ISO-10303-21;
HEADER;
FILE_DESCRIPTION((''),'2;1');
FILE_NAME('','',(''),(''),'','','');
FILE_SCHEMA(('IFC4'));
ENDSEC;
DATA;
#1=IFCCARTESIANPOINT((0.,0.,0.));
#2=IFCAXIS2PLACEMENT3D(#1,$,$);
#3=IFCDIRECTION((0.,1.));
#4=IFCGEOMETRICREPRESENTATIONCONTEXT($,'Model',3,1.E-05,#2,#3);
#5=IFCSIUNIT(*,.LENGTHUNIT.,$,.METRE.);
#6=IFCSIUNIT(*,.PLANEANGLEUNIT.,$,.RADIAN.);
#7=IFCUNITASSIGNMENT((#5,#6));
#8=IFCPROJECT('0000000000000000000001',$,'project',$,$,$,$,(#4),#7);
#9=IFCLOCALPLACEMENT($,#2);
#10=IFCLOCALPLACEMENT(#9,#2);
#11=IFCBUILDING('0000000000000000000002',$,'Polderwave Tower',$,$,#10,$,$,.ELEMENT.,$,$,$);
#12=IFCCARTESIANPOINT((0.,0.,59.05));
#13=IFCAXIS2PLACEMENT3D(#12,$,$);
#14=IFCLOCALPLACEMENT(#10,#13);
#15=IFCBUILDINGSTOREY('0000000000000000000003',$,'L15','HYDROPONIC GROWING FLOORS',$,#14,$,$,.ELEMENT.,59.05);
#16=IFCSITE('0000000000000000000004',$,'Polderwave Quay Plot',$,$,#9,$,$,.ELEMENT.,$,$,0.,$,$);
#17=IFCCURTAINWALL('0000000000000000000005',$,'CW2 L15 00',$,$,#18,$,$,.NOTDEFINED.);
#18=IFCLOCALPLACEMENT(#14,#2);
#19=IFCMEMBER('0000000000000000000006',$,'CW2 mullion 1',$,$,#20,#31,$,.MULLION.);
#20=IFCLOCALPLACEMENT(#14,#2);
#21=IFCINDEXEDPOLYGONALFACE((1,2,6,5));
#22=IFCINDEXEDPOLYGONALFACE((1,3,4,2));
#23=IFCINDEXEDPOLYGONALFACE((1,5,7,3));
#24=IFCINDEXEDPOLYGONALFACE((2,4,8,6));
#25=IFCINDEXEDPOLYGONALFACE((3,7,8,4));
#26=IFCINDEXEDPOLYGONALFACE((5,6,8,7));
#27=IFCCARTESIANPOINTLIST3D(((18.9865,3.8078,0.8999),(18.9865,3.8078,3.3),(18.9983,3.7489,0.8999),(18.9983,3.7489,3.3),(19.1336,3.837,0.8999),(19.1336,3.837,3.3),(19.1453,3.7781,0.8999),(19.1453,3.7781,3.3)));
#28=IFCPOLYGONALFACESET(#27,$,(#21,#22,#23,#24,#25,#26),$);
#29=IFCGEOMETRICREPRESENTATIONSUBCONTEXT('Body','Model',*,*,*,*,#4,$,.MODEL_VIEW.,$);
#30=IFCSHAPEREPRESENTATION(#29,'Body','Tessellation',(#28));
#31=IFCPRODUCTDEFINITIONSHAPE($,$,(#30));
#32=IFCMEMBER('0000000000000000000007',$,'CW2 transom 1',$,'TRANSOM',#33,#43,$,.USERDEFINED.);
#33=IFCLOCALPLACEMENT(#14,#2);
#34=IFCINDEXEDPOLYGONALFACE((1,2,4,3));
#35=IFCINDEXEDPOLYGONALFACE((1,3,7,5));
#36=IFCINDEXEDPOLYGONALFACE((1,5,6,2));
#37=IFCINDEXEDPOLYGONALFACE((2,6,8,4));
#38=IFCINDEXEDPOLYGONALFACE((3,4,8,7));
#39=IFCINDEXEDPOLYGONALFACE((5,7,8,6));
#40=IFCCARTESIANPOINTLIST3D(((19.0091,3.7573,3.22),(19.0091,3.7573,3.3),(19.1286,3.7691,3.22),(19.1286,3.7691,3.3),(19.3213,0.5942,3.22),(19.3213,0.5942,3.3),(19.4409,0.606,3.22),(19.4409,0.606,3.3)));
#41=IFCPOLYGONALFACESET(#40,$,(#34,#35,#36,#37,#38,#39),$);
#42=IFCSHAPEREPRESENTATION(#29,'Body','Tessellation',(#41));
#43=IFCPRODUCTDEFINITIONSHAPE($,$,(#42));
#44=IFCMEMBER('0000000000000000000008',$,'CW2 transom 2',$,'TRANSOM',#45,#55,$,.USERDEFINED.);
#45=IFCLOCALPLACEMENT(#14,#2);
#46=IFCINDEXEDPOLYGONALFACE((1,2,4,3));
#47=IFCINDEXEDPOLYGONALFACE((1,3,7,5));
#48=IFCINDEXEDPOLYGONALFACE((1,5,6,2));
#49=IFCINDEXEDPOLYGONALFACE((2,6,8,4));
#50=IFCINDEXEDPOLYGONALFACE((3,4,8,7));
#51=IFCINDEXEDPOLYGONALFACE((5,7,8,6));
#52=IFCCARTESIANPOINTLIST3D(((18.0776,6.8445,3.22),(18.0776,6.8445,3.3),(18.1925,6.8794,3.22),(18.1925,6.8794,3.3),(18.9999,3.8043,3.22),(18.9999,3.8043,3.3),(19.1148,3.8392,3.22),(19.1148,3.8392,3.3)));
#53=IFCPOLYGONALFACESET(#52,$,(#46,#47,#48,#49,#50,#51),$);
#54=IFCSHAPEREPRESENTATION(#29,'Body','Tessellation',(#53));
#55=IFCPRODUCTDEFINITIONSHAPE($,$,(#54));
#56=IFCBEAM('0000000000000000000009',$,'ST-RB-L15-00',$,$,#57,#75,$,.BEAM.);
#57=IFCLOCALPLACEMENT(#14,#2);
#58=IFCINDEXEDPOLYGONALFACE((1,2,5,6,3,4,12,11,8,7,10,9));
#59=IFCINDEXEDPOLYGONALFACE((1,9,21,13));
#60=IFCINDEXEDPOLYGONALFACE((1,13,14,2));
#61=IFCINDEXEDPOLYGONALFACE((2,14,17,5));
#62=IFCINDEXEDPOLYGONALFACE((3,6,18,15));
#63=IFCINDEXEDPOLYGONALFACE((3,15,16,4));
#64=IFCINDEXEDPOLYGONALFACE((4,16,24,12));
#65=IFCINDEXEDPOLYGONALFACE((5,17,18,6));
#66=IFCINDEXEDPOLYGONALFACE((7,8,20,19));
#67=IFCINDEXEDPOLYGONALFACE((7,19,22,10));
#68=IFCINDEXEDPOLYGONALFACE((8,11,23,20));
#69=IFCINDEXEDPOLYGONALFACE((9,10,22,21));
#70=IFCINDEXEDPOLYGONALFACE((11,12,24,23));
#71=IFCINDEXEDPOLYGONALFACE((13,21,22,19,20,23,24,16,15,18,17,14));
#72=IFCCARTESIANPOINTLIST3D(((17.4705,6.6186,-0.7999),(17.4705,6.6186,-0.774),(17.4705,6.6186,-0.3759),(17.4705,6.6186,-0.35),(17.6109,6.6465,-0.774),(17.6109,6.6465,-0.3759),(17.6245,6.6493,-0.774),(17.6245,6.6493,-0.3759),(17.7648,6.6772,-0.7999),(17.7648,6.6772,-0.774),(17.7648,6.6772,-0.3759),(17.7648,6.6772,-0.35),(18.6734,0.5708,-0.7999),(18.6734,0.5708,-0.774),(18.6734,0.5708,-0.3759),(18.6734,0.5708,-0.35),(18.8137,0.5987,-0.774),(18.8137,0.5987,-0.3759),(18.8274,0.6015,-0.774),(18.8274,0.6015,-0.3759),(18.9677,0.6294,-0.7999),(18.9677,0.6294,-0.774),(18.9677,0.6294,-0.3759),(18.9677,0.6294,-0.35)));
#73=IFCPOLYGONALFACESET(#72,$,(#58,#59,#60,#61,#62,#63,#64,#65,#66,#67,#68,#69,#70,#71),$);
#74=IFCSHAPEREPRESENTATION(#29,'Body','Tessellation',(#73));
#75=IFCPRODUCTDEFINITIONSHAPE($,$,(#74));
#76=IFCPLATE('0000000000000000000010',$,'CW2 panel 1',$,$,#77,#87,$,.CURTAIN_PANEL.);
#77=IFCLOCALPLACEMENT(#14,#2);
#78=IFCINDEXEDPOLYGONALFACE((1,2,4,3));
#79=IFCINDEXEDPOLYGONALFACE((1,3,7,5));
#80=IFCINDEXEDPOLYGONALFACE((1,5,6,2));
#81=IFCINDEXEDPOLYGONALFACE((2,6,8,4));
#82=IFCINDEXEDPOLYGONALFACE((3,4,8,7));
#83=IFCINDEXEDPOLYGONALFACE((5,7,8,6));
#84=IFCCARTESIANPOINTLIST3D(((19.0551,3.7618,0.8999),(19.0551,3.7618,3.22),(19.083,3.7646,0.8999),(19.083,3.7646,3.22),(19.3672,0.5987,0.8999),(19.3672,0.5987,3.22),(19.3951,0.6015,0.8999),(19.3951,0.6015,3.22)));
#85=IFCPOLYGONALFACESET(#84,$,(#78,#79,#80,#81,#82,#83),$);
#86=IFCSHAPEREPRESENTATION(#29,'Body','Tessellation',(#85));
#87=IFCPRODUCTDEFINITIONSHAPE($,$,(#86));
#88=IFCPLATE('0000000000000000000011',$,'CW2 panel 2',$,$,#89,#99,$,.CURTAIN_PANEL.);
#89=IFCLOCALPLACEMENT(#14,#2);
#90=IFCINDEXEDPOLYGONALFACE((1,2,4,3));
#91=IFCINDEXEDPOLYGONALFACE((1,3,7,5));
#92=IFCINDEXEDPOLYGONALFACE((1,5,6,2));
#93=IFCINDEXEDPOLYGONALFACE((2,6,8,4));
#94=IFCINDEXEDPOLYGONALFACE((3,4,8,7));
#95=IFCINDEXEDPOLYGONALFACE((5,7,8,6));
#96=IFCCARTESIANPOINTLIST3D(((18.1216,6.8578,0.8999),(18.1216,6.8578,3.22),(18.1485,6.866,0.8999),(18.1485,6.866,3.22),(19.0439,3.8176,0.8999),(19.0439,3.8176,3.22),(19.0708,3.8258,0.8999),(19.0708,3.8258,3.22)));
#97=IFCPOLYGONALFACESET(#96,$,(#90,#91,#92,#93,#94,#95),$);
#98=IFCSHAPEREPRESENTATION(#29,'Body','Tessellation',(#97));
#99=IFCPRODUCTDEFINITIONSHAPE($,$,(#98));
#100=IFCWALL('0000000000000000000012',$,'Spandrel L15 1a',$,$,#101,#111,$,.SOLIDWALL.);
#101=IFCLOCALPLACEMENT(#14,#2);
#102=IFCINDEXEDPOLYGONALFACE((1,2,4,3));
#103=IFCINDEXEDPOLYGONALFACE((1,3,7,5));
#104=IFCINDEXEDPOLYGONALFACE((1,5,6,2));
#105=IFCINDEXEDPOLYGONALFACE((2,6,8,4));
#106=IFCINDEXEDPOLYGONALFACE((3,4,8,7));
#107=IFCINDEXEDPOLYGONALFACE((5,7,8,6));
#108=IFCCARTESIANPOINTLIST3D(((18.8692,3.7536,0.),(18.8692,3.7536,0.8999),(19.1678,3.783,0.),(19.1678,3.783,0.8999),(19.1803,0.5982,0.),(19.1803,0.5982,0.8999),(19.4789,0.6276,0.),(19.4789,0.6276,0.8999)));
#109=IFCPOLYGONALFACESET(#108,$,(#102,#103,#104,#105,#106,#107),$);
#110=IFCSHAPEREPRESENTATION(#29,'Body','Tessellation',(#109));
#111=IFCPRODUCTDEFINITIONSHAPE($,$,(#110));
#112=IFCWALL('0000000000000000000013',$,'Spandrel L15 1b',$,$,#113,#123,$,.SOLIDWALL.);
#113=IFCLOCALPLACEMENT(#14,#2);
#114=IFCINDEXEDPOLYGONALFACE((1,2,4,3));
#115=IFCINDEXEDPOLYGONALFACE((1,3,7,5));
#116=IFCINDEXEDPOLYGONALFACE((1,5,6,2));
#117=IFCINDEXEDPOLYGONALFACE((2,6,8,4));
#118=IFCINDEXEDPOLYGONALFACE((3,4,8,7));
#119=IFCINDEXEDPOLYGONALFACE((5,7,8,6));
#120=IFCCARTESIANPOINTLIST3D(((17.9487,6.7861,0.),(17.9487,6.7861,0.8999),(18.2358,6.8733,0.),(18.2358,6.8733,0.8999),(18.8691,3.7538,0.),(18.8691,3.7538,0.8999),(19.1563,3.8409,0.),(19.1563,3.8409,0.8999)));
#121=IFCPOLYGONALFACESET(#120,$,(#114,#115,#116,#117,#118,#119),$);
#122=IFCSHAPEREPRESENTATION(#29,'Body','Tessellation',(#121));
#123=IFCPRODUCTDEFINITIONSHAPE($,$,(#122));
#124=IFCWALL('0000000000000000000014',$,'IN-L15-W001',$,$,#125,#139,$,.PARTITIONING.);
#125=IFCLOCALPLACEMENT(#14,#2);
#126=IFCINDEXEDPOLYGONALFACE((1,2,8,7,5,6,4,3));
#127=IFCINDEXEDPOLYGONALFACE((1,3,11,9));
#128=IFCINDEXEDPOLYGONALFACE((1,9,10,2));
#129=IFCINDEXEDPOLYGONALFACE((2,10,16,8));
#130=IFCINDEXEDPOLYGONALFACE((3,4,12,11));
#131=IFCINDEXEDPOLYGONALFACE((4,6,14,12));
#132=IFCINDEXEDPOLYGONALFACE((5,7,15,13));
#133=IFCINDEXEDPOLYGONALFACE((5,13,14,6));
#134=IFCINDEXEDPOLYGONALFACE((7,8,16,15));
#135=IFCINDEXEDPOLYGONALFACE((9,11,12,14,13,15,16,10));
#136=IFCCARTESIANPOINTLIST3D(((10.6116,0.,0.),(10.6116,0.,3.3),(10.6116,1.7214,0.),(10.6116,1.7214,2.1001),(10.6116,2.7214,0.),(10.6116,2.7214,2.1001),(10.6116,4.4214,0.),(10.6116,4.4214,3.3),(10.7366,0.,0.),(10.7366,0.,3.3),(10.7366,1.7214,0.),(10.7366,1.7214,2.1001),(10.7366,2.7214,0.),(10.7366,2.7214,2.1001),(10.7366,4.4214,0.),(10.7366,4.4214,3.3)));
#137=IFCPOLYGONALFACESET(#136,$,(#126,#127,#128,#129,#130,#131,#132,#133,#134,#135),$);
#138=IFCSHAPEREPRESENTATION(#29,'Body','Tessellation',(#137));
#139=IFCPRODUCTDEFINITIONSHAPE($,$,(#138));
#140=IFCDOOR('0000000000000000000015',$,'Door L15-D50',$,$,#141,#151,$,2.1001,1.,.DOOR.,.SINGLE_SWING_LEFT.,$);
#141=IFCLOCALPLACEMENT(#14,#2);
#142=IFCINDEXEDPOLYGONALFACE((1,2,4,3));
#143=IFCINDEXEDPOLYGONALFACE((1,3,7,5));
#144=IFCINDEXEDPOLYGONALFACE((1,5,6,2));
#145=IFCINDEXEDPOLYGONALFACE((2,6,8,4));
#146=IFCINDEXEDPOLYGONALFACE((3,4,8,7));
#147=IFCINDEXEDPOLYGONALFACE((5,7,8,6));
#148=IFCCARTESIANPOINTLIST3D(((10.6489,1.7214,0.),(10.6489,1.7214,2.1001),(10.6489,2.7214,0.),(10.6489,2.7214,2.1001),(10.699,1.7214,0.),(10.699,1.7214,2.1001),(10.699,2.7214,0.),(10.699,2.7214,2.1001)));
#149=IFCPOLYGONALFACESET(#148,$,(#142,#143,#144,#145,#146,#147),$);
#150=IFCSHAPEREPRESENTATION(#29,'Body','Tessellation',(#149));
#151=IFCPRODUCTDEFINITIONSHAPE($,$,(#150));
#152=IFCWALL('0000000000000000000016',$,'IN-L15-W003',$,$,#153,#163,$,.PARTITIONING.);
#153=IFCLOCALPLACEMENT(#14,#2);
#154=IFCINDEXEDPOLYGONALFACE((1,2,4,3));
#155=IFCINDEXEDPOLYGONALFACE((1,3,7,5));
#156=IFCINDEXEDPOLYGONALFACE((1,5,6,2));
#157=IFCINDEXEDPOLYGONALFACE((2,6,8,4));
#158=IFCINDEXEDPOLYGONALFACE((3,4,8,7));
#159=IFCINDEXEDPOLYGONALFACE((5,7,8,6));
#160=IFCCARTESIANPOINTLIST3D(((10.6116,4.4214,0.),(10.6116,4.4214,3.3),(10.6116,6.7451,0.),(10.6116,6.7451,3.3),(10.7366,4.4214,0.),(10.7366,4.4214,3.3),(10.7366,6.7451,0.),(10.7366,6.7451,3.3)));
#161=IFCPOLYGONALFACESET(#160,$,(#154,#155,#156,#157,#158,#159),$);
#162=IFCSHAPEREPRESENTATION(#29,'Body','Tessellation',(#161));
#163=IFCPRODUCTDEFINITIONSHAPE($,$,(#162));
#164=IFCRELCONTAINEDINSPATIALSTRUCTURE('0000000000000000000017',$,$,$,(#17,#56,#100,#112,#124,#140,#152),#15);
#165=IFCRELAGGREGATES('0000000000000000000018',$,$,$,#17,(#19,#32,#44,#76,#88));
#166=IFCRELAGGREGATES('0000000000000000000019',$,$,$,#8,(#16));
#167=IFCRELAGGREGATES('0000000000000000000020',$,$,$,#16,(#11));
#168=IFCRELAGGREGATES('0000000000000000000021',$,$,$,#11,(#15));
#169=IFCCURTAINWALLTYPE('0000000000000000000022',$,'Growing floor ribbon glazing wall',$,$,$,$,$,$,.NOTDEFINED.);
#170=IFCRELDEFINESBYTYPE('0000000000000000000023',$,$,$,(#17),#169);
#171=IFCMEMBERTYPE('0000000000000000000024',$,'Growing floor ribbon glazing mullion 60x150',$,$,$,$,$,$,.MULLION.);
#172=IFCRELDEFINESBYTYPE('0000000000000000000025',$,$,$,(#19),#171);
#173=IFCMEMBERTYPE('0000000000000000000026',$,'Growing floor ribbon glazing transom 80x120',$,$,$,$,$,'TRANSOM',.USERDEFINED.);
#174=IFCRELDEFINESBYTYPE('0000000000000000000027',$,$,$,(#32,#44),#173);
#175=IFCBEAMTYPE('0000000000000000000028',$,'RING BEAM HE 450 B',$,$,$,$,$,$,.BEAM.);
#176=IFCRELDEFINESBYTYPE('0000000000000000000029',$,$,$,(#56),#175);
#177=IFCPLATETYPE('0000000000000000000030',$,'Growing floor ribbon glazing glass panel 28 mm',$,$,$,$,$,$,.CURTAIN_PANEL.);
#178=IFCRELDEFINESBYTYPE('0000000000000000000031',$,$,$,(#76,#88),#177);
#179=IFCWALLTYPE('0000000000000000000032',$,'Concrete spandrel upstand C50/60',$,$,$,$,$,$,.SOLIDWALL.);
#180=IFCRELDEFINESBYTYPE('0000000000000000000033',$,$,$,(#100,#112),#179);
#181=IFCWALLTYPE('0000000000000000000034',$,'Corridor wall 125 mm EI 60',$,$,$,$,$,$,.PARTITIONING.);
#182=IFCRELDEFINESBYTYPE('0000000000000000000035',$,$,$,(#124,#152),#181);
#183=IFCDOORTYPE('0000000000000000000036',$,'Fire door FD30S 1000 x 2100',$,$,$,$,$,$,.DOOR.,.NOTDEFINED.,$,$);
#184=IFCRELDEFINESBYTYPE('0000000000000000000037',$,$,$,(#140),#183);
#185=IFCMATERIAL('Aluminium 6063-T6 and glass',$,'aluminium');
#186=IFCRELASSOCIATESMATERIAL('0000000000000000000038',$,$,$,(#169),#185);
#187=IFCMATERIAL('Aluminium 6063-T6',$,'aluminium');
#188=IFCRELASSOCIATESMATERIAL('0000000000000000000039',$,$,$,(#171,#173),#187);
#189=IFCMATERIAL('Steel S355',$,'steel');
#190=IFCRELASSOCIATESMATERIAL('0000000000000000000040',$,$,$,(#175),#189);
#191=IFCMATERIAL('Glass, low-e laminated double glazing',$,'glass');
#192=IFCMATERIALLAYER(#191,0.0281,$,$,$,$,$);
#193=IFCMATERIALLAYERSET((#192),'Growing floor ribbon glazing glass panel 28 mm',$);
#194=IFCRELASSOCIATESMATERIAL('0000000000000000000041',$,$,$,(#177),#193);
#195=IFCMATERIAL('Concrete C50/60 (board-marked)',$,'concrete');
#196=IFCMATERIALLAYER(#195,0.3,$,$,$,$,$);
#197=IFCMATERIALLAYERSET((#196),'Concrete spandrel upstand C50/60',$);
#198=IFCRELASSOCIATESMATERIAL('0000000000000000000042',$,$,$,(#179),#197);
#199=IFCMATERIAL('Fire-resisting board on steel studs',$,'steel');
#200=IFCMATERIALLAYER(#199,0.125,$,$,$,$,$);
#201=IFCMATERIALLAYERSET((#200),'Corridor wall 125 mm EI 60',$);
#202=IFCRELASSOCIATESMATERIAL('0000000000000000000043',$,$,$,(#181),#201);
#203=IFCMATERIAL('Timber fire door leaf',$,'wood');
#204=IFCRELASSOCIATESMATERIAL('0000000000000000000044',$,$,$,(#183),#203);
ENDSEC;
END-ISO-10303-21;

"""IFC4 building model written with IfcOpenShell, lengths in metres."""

from ifc_helpers import new_model, si_unit, direction, frame, frame_2d, origin, origin_2d, place, context, subcontext, project, spatial, rectangle, i_section, extrude, material, layer, layer_set, material_profile, profile_set, type_object, element, fill, aggregate, save


model = new_model("IFC4")

# Units and contexts
model_context = context("Model", 3, precision=1e-05, world=origin(), true_north=direction((0.0, 1.0)))
body_context = subcontext(model_context, "Body", "Model", "MODEL_VIEW")
ifc_project = project(units=[si_unit("LENGTHUNIT", "METRE"), si_unit("PLANEANGLEUNIT", "RADIAN")], contexts=[model_context])

# Site, building, storey
site_placement = place(None, origin())
site = spatial("IfcSite", under=ifc_project, at=site_placement, Name="Polderwave Quay Plot", CompositionType="ELEMENT", RefElevation=0.0)
building_placement = place(site_placement, origin())
building = spatial("IfcBuilding", under=site, at=building_placement, Name="Polderwave Tower", CompositionType="ELEMENT")
storey_placement = place(building_placement, frame((0.0, 0.0, 59.05)))
storey = spatial("IfcBuildingStorey", under=building, at=storey_placement, Name="L15", Description="HYDROPONIC GROWING FLOORS", CompositionType="ELEMENT", Elevation=59.05)

# Curtain wall, members
ifc_material_1 = material(Name="Aluminium 6063-T6 and glass", Category="aluminium")
curtain_wall_type = type_object("IfcCurtainWallType", Name="Growing floor ribbon glazing wall", PredefinedType="NOTDEFINED", material=ifc_material_1)
curtain_wall_placement = place(storey_placement, origin())
curtain_wall = element("IfcCurtainWall", 1, at=curtain_wall_placement, inside=storey, type_object=curtain_wall_type, Name="CW2 L15 00", PredefinedType="NOTDEFINED")
ifc_material_2 = material(Name="Aluminium 6063-T6", Category="aluminium")
ifc_material_profile_1 = material_profile(ifc_material_2, rectangle(XDim=0.1499, YDim=0.0601, at=origin_2d()), Name="AL 60x150")
ifc_profile_set_1 = profile_set([ifc_material_profile_1], Name="Aluminium 6063-T6")
member_type_1 = type_object("IfcMemberType", Name="Growing floor ribbon glazing mullion 60x150", PredefinedType="MULLION", material=ifc_profile_set_1)
member_1_placement = place(storey_placement, frame((19.0659, 3.793, 0.8999), z_axis=(0.0, 0.0, 1.0), x_axis=(-0.980769, -0.195172, 0.0)))
member_1 = element("IfcMember", 2, at=member_1_placement, type_object=member_type_1, Name="CW2 mullion 1", PredefinedType="MULLION", context=body_context, shape_type="SweptSolid", body=[
    extrude(rectangle(XDim=0.1499, YDim=0.0601, at=origin_2d()), origin(), (0.0, 0.0, 1.0), 2.4001),
])
ifc_material_profile_2 = material_profile(ifc_material_2, rectangle(XDim=0.1201, YDim=0.0801, at=origin_2d()), Name="AL 80x120")
ifc_profile_set_2 = profile_set([ifc_material_profile_2], Name="Aluminium 6063-T6")
member_type_2 = type_object("IfcMemberType", Name="Growing floor ribbon glazing transom 80x120", ElementType="TRANSOM", PredefinedType="USERDEFINED", material=ifc_profile_set_2)
member_2_placement = place(storey_placement, frame((19.3811, 0.6001, 3.26), z_axis=(-0.098241, 0.995163, 0.0), x_axis=(-0.995163, -0.098241, 0.0)))
member_2 = element("IfcMember", 3, at=member_2_placement, type_object=member_type_2, Name="CW2 transom 1", ObjectType="TRANSOM", PredefinedType="USERDEFINED", context=body_context, shape_type="SweptSolid", body=[
    extrude(rectangle(XDim=0.1201, YDim=0.0801, at=origin_2d()), origin(), (0.0, 0.0, 1.0), 3.1785),
])
member_3_placement = place(storey_placement, frame((19.0574, 3.8218, 3.26), z_axis=(-0.290314, 0.956931, 0.0), x_axis=(-0.956931, -0.290314, 0.0)))
member_3 = element("IfcMember", 4, at=member_3_placement, type_object=member_type_2, Name="CW2 transom 2", ObjectType="TRANSOM", PredefinedType="USERDEFINED", context=body_context, shape_type="SweptSolid", body=[
    extrude(rectangle(XDim=0.1201, YDim=0.0801, at=origin_2d()), origin(), (0.0, 0.0, 1.0), 3.177),
])

# Beam
ifc_material_3 = material(Name="Steel S355", Category="steel")
ifc_material_profile_3 = material_profile(ifc_material_3, i_section(OverallWidth=0.3, OverallDepth=0.45, WebThickness=0.0139, FlangeThickness=0.0259, at=origin_2d()), Name="HE 450 B")
ifc_profile_set_3 = profile_set([ifc_material_profile_3], Name="Steel S355")
beam_type = type_object("IfcBeamType", Name="RING BEAM HE 450 B", PredefinedType="BEAM", material=ifc_profile_set_3)
beam_placement = place(storey_placement, frame((18.8206, 0.6001, -0.575), z_axis=(-0.195073, 0.980789, 0.0), x_axis=(-0.980789, -0.195073, 0.0)))
element("IfcBeam", 5, at=beam_placement, inside=storey, type_object=beam_type, Name="ST-RB-L15-00", PredefinedType="BEAM", context=body_context, shape_type="SweptSolid", body=[
    extrude(i_section(OverallWidth=0.3, OverallDepth=0.45, WebThickness=0.0139, FlangeThickness=0.0259, at=origin_2d()), origin(), (0.0, 0.0, 1.0), 6.1663),
])

# Plates
ifc_material_4 = material(Name="Glass, low-e laminated double glazing", Category="glass")
ifc_layer_1 = layer(ifc_material_4, 0.0281)
ifc_layer_set_1 = layer_set([ifc_layer_1], Name="Growing floor ribbon glazing glass panel 28 mm")
plate_type = type_object("IfcPlateType", Name="Growing floor ribbon glazing glass panel 28 mm", PredefinedType="CURTAIN_PANEL", material=ifc_layer_set_1)
plate_1_placement = place(storey_placement, frame((19.2251, 2.1816, 0.8999), z_axis=(0.0, 0.0, 1.0), x_axis=(-0.098177, 0.995169, 0.0)))
plate_1 = element("IfcPlate", 6, at=plate_1_placement, type_object=plate_type, Name="CW2 panel 1", PredefinedType="CURTAIN_PANEL", context=body_context, shape_type="SweptSolid", body=[
    extrude(rectangle(XDim=3.1785, YDim=0.0281, at=origin_2d()), origin(), (0.0, 0.0, 1.0), 2.3201),
])
plate_2_placement = place(storey_placement, frame((18.5962, 5.3418, 0.8999), z_axis=(0.0, 0.0, 1.0), x_axis=(-0.290293, 0.956938, 0.0)))
plate_2 = element("IfcPlate", 7, at=plate_2_placement, type_object=plate_type, Name="CW2 panel 2", PredefinedType="CURTAIN_PANEL", context=body_context, shape_type="SweptSolid", body=[
    extrude(rectangle(XDim=3.177, YDim=0.0281, at=origin_2d()), origin(), (0.0, 0.0, 1.0), 2.3201),
])
aggregate(curtain_wall, [member_1, member_2, member_3, plate_1, plate_2])

# Walls
ifc_material_5 = material(Name="Concrete C50/60 (board-marked)", Category="concrete")
ifc_layer_2 = layer(ifc_material_5, 0.3)
ifc_layer_set_2 = layer_set([ifc_layer_2], Name="Concrete spandrel upstand C50/60")
wall_type_1 = type_object("IfcWallType", Name="Concrete spandrel upstand C50/60", PredefinedType="SOLIDWALL", material=ifc_layer_set_2)
wall_1_placement = place(storey_placement, frame((19.3296, 0.6128, 0.0), z_axis=(0.0, 0.0, 1.0), x_axis=(-0.098101, 0.995176, 0.0)))
element("IfcWall", 8, at=wall_1_placement, inside=storey, type_object=wall_type_1, Name="Spandrel L15 1a", PredefinedType="SOLIDWALL", context=body_context, shape_type="SweptSolid", body=[
    extrude(rectangle(XDim=3.1707, YDim=0.3, at=frame_2d((1.5854, 0.0))), origin(), (0.0, 0.0, 1.0), 0.8999),
])
wall_2_placement = place(storey_placement, frame((19.0127, 3.7974, 0.0), z_axis=(0.0, 0.0, 1.0), x_axis=(-0.290456, 0.956888, 0.0)))
element("IfcWall", 9, at=wall_2_placement, inside=storey, type_object=wall_type_1, Name="Spandrel L15 1b", PredefinedType="SOLIDWALL", context=body_context, shape_type="SweptSolid", body=[
    extrude(rectangle(XDim=3.1689, YDim=0.3, at=frame_2d((1.5845, 0.0))), origin(), (0.0, 0.0, 1.0), 0.8999),
])

# Wall, opening, door
ifc_material_6 = material(Name="Fire-resisting board on steel studs", Category="steel")
ifc_layer_3 = layer(ifc_material_6, 0.125)
ifc_layer_set_3 = layer_set([ifc_layer_3], Name="Corridor wall 125 mm EI 60")
wall_type_2 = type_object("IfcWallType", Name="Corridor wall 125 mm EI 60", PredefinedType="PARTITIONING", material=ifc_layer_set_3)
wall_3_placement = place(storey_placement, frame((10.6741, 4.4214, 0.0), z_axis=(0.0, 0.0, 1.0), x_axis=(0.0, -1.0, 0.0)))
wall_3 = element("IfcWall", 10, at=wall_3_placement, inside=storey, type_object=wall_type_2, Name="IN-L15-W001", PredefinedType="PARTITIONING", context=body_context, shape_type="SweptSolid", body=[
    extrude(rectangle(XDim=4.4214, YDim=0.125, at=frame_2d((2.2107, 0.0))), origin(), (0.0, 0.0, 1.0), 3.3),
])
opening_1_placement = place(wall_3_placement, frame((1.7, 0.0, 0.0)))
opening_1 = element("IfcOpeningElement", 11, at=opening_1_placement, cuts=wall_3, PredefinedType="OPENING", context=body_context, shape_type="SweptSolid", body=[
    extrude(rectangle(XDim=1.0, YDim=2.1001, at=frame_2d((0.5, 1.05))), frame((0.0, 0.0725, 0.0), z_axis=(0.0, -1.0, 0.0), x_axis=(1.0, 0.0, 0.0)), (0.0, 0.0, 1.0), 0.145),
])
ifc_material_7 = material(Name="Timber fire door leaf", Category="wood")
door_type_1 = type_object("IfcDoorType", Name="Fire door FD30S 1000 x 2100", OperationType="NOTDEFINED", PredefinedType="DOOR", material=ifc_material_7)
door_1_placement = place(opening_1_placement, origin())
door_1 = element("IfcDoor", 12, at=door_1_placement, inside=storey, type_object=door_type_1, Name="Door L15-D50", OperationType="SINGLE_SWING_LEFT", OverallHeight=2.1001, OverallWidth=1.0, PredefinedType="DOOR", context=body_context, shape_type="SweptSolid", body=[
    extrude(rectangle(XDim=1.0, YDim=2.1001, at=frame_2d((0.5, 1.05))), frame((0.0, 0.0249, 0.0), z_axis=(0.0, -1.0, 0.0), x_axis=(1.0, 0.0, 0.0)), (0.0, 0.0, 1.0), 0.05),
])
fill(opening_1, door_1)

# Wall
wall_4_placement = place(storey_placement, frame((10.6741, 6.7451, 0.0), z_axis=(0.0, 0.0, 1.0), x_axis=(0.0, -1.0, 0.0)))
element("IfcWall", 13, at=wall_4_placement, inside=storey, type_object=wall_type_2, Name="IN-L15-W003", PredefinedType="PARTITIONING", context=body_context, shape_type="SweptSolid", body=[
    extrude(rectangle(XDim=2.3237, YDim=0.125, at=frame_2d((1.1619, 0.0))), origin(), (0.0, 0.0, 1.0), 3.3),
])

save(model, "model.ifc")
